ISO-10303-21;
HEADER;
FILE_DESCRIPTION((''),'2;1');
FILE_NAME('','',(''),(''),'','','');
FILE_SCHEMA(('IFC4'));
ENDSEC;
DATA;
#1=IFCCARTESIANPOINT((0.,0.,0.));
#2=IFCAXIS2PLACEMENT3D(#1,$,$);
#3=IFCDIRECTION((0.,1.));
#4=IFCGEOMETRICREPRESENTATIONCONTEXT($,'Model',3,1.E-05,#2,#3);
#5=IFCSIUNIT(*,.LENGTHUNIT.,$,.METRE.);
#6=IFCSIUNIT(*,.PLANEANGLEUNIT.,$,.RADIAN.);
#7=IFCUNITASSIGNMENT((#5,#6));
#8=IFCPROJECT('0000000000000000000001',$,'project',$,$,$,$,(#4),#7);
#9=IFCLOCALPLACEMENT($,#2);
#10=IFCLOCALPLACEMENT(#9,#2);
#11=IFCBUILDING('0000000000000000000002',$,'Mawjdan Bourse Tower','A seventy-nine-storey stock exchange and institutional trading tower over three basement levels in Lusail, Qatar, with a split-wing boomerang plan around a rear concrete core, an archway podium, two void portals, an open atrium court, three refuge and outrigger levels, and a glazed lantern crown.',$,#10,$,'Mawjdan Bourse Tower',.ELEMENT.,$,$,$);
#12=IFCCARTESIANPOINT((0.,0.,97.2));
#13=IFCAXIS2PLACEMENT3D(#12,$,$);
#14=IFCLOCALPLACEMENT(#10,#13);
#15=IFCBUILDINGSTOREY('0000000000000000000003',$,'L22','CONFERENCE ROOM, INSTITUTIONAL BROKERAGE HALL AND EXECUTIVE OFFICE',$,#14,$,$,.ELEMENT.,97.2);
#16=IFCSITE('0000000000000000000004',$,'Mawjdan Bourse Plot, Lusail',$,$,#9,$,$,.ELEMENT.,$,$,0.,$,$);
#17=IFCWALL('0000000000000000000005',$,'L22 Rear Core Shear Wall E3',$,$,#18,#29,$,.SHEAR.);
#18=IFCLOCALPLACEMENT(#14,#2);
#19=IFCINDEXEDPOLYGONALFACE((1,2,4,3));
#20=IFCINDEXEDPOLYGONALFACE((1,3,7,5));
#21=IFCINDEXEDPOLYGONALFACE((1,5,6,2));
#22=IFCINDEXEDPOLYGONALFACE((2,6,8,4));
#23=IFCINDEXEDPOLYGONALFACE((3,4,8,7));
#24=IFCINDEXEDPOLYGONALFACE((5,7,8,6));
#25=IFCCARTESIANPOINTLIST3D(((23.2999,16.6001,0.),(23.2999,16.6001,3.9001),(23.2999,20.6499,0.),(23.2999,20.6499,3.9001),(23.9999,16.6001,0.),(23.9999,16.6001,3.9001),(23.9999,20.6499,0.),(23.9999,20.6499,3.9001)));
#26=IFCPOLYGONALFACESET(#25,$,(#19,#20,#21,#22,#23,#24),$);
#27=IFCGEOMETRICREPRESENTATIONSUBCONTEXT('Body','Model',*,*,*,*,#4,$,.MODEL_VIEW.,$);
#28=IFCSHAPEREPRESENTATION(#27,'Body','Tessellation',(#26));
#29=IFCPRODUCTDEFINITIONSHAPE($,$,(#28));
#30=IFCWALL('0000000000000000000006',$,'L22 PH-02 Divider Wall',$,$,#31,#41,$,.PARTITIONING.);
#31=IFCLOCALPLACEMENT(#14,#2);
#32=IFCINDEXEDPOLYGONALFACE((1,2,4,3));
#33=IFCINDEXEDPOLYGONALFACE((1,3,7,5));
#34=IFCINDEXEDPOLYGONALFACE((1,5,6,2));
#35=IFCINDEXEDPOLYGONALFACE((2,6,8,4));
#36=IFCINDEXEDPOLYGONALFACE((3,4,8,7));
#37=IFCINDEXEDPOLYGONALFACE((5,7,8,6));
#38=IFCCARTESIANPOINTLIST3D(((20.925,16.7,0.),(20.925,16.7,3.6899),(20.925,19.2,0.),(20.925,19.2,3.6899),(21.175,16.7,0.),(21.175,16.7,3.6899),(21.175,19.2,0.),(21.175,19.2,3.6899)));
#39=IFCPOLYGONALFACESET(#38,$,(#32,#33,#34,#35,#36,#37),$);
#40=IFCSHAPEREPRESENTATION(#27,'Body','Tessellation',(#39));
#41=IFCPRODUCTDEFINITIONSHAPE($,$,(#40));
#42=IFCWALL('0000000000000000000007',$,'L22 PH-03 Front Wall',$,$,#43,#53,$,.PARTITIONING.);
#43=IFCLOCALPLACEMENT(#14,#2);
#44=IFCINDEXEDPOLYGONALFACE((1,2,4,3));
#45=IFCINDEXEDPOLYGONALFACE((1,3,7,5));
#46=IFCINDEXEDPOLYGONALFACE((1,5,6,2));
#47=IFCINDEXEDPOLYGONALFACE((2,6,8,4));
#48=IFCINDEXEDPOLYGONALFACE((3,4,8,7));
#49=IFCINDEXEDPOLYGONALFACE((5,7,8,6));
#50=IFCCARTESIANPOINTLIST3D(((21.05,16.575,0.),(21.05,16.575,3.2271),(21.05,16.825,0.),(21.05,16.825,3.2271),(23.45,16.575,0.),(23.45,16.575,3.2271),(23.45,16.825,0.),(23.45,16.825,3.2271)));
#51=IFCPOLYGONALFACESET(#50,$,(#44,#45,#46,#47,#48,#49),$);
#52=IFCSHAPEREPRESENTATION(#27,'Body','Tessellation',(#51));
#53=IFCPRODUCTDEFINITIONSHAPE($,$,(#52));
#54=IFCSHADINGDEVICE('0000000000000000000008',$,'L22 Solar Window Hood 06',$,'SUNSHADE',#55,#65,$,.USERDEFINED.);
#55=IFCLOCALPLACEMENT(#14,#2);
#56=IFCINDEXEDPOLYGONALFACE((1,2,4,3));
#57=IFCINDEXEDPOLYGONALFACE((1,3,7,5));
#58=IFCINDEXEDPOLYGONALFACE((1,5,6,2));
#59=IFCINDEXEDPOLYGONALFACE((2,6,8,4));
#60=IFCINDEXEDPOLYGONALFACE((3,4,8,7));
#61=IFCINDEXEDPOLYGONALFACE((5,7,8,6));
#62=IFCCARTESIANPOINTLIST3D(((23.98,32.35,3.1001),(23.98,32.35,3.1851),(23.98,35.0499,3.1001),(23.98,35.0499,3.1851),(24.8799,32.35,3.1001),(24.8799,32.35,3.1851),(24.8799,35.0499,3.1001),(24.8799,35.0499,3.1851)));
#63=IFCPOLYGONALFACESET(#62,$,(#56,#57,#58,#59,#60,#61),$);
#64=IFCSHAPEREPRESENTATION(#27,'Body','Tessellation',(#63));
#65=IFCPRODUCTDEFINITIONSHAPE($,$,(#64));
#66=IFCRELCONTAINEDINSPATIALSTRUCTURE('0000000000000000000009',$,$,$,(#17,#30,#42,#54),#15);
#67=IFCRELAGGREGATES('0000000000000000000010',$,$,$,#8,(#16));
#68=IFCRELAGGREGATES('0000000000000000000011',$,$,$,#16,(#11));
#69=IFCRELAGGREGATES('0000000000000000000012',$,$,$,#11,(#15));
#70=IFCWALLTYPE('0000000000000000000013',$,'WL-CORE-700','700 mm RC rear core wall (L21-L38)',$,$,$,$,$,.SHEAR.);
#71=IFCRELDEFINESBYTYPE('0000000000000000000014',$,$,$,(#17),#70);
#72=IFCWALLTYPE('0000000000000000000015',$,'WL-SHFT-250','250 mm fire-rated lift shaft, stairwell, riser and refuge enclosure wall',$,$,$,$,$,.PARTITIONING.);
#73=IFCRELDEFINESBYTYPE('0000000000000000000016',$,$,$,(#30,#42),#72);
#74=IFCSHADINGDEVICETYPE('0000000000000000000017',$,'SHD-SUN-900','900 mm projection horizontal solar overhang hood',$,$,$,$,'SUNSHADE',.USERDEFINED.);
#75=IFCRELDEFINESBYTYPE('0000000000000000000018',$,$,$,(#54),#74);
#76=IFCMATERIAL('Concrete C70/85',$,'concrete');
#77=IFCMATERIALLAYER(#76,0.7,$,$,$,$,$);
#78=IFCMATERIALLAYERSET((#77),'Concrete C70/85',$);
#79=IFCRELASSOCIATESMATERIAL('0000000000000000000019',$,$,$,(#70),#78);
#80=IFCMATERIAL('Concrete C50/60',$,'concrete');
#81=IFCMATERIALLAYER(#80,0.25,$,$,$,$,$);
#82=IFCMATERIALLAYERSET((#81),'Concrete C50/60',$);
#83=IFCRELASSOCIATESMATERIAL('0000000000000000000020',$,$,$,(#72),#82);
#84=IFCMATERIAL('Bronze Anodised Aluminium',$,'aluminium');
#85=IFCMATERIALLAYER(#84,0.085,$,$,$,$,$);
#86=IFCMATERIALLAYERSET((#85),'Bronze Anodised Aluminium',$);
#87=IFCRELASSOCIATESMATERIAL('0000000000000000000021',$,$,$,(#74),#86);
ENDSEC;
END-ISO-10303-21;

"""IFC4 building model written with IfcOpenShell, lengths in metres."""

from ifc_helpers import new_model, si_unit, direction, frame, frame_2d, origin, origin_2d, place, context, subcontext, project, spatial, rectangle, extrude, material, layer, layer_set, type_object, element, save


model = new_model("IFC4")

# Units and contexts
model_context = context("Model", 3, precision=1e-05, world=origin(), true_north=direction((0.0, 1.0)))
body_context = subcontext(model_context, "Body", "Model", "MODEL_VIEW")
ifc_project = project(units=[si_unit("LENGTHUNIT", "METRE"), si_unit("PLANEANGLEUNIT", "RADIAN")], contexts=[model_context])

# Site, building, storey
site_placement = place(None, origin())
site = spatial("IfcSite", under=ifc_project, at=site_placement, Name="Mawjdan Bourse Plot, Lusail", CompositionType="ELEMENT", RefElevation=0.0)
building_placement = place(site_placement, origin())
building = spatial("IfcBuilding", under=site, at=building_placement, Name="Mawjdan Bourse Tower", Description="A seventy-nine-storey stock exchange and institutional trading tower over three basement levels in Lusail, Qatar, with a split-wing boomerang plan around a rear concrete core, an archway podium, two void portals, an open atrium court, three refuge and outrigger levels, and a glazed lantern crown.", LongName="Mawjdan Bourse Tower", CompositionType="ELEMENT")
storey_placement = place(building_placement, frame((0.0, 0.0, 97.2)))
storey = spatial("IfcBuildingStorey", under=building, at=storey_placement, Name="L22", Description="CONFERENCE ROOM, INSTITUTIONAL BROKERAGE HALL AND EXECUTIVE OFFICE", CompositionType="ELEMENT", Elevation=97.2)

# Shared definitions
ifc_material_1 = material(Name="Concrete C70/85", Category="concrete")

# Walls
ifc_layer_1 = layer(ifc_material_1, 0.7)
ifc_layer_set_1 = layer_set([ifc_layer_1], Name="Concrete C70/85")
wall_type_1 = type_object("IfcWallType", Name="WL-CORE-700", Description="700 mm RC rear core wall (L21-L38)", PredefinedType="SHEAR", material=ifc_layer_set_1)
wall_1_placement = place(storey_placement, frame((23.6499, 16.6001, 0.0), z_axis=(0.0, 0.0, 1.0), x_axis=(0.0, 1.0, 0.0)))
element("IfcWall", 1, at=wall_1_placement, inside=storey, type_object=wall_type_1, Name="L22 Rear Core Shear Wall E3", PredefinedType="SHEAR", context=body_context, shape_type="SweptSolid", body=[
    extrude(rectangle(XDim=4.0498, YDim=0.7, at=frame_2d((2.0249, 0.0))), origin(), (0.0, 0.0, 1.0), 3.9001),
])
ifc_material_2 = material(Name="Concrete C50/60", Category="concrete")
ifc_layer_2 = layer(ifc_material_2, 0.25)
ifc_layer_set_2 = layer_set([ifc_layer_2], Name="Concrete C50/60")
wall_type_2 = type_object("IfcWallType", Name="WL-SHFT-250", Description="250 mm fire-rated lift shaft, stairwell, riser and refuge enclosure wall", PredefinedType="PARTITIONING", material=ifc_layer_set_2)
wall_2_placement = place(storey_placement, frame((21.05, 16.7, 0.0), z_axis=(0.0, 0.0, 1.0), x_axis=(0.0, 1.0, 0.0)))
element("IfcWall", 2, at=wall_2_placement, inside=storey, type_object=wall_type_2, Name="L22 PH-02 Divider Wall", PredefinedType="PARTITIONING", context=body_context, shape_type="SweptSolid", body=[
    extrude(rectangle(XDim=2.5, YDim=0.25, at=frame_2d((1.25, 0.0))), origin(), (0.0, 0.0, 1.0), 3.6899),
])
wall_3_placement = place(storey_placement, frame((21.05, 16.7, 0.0), z_axis=(0.0, 0.0, 1.0), x_axis=(1.0, 0.0, 0.0)))
element("IfcWall", 3, at=wall_3_placement, inside=storey, type_object=wall_type_2, Name="L22 PH-03 Front Wall", PredefinedType="PARTITIONING", context=body_context, shape_type="SweptSolid", body=[
    extrude(rectangle(XDim=2.3999, YDim=0.25, at=frame_2d((1.2, 0.0))), origin(), (0.0, 0.0, 1.0), 3.2271),
])

# Shading device
ifc_material_3 = material(Name="Bronze Anodised Aluminium", Category="aluminium")
ifc_layer_3 = layer(ifc_material_3, 0.085)
ifc_layer_set_3 = layer_set([ifc_layer_3], Name="Bronze Anodised Aluminium")
shading_device_type = type_object("IfcShadingDeviceType", Name="SHD-SUN-900", Description="900 mm projection horizontal solar overhang hood", ElementType="SUNSHADE", PredefinedType="USERDEFINED", material=ifc_layer_set_3)
shading_device_placement = place(storey_placement, frame((24.4299, 33.7, 3.1001), z_axis=(0.0, 0.0, 1.0), x_axis=(0.0, 1.0, 0.0)))
element("IfcShadingDevice", 4, at=shading_device_placement, inside=storey, type_object=shading_device_type, Name="L22 Solar Window Hood 06", ObjectType="SUNSHADE", PredefinedType="USERDEFINED", context=body_context, shape_type="SweptSolid", body=[
    extrude(rectangle(XDim=2.7, YDim=0.8999, at=origin_2d()), origin(), (0.0, 0.0, 1.0), 0.085),
])

save(model, "model.ifc")
